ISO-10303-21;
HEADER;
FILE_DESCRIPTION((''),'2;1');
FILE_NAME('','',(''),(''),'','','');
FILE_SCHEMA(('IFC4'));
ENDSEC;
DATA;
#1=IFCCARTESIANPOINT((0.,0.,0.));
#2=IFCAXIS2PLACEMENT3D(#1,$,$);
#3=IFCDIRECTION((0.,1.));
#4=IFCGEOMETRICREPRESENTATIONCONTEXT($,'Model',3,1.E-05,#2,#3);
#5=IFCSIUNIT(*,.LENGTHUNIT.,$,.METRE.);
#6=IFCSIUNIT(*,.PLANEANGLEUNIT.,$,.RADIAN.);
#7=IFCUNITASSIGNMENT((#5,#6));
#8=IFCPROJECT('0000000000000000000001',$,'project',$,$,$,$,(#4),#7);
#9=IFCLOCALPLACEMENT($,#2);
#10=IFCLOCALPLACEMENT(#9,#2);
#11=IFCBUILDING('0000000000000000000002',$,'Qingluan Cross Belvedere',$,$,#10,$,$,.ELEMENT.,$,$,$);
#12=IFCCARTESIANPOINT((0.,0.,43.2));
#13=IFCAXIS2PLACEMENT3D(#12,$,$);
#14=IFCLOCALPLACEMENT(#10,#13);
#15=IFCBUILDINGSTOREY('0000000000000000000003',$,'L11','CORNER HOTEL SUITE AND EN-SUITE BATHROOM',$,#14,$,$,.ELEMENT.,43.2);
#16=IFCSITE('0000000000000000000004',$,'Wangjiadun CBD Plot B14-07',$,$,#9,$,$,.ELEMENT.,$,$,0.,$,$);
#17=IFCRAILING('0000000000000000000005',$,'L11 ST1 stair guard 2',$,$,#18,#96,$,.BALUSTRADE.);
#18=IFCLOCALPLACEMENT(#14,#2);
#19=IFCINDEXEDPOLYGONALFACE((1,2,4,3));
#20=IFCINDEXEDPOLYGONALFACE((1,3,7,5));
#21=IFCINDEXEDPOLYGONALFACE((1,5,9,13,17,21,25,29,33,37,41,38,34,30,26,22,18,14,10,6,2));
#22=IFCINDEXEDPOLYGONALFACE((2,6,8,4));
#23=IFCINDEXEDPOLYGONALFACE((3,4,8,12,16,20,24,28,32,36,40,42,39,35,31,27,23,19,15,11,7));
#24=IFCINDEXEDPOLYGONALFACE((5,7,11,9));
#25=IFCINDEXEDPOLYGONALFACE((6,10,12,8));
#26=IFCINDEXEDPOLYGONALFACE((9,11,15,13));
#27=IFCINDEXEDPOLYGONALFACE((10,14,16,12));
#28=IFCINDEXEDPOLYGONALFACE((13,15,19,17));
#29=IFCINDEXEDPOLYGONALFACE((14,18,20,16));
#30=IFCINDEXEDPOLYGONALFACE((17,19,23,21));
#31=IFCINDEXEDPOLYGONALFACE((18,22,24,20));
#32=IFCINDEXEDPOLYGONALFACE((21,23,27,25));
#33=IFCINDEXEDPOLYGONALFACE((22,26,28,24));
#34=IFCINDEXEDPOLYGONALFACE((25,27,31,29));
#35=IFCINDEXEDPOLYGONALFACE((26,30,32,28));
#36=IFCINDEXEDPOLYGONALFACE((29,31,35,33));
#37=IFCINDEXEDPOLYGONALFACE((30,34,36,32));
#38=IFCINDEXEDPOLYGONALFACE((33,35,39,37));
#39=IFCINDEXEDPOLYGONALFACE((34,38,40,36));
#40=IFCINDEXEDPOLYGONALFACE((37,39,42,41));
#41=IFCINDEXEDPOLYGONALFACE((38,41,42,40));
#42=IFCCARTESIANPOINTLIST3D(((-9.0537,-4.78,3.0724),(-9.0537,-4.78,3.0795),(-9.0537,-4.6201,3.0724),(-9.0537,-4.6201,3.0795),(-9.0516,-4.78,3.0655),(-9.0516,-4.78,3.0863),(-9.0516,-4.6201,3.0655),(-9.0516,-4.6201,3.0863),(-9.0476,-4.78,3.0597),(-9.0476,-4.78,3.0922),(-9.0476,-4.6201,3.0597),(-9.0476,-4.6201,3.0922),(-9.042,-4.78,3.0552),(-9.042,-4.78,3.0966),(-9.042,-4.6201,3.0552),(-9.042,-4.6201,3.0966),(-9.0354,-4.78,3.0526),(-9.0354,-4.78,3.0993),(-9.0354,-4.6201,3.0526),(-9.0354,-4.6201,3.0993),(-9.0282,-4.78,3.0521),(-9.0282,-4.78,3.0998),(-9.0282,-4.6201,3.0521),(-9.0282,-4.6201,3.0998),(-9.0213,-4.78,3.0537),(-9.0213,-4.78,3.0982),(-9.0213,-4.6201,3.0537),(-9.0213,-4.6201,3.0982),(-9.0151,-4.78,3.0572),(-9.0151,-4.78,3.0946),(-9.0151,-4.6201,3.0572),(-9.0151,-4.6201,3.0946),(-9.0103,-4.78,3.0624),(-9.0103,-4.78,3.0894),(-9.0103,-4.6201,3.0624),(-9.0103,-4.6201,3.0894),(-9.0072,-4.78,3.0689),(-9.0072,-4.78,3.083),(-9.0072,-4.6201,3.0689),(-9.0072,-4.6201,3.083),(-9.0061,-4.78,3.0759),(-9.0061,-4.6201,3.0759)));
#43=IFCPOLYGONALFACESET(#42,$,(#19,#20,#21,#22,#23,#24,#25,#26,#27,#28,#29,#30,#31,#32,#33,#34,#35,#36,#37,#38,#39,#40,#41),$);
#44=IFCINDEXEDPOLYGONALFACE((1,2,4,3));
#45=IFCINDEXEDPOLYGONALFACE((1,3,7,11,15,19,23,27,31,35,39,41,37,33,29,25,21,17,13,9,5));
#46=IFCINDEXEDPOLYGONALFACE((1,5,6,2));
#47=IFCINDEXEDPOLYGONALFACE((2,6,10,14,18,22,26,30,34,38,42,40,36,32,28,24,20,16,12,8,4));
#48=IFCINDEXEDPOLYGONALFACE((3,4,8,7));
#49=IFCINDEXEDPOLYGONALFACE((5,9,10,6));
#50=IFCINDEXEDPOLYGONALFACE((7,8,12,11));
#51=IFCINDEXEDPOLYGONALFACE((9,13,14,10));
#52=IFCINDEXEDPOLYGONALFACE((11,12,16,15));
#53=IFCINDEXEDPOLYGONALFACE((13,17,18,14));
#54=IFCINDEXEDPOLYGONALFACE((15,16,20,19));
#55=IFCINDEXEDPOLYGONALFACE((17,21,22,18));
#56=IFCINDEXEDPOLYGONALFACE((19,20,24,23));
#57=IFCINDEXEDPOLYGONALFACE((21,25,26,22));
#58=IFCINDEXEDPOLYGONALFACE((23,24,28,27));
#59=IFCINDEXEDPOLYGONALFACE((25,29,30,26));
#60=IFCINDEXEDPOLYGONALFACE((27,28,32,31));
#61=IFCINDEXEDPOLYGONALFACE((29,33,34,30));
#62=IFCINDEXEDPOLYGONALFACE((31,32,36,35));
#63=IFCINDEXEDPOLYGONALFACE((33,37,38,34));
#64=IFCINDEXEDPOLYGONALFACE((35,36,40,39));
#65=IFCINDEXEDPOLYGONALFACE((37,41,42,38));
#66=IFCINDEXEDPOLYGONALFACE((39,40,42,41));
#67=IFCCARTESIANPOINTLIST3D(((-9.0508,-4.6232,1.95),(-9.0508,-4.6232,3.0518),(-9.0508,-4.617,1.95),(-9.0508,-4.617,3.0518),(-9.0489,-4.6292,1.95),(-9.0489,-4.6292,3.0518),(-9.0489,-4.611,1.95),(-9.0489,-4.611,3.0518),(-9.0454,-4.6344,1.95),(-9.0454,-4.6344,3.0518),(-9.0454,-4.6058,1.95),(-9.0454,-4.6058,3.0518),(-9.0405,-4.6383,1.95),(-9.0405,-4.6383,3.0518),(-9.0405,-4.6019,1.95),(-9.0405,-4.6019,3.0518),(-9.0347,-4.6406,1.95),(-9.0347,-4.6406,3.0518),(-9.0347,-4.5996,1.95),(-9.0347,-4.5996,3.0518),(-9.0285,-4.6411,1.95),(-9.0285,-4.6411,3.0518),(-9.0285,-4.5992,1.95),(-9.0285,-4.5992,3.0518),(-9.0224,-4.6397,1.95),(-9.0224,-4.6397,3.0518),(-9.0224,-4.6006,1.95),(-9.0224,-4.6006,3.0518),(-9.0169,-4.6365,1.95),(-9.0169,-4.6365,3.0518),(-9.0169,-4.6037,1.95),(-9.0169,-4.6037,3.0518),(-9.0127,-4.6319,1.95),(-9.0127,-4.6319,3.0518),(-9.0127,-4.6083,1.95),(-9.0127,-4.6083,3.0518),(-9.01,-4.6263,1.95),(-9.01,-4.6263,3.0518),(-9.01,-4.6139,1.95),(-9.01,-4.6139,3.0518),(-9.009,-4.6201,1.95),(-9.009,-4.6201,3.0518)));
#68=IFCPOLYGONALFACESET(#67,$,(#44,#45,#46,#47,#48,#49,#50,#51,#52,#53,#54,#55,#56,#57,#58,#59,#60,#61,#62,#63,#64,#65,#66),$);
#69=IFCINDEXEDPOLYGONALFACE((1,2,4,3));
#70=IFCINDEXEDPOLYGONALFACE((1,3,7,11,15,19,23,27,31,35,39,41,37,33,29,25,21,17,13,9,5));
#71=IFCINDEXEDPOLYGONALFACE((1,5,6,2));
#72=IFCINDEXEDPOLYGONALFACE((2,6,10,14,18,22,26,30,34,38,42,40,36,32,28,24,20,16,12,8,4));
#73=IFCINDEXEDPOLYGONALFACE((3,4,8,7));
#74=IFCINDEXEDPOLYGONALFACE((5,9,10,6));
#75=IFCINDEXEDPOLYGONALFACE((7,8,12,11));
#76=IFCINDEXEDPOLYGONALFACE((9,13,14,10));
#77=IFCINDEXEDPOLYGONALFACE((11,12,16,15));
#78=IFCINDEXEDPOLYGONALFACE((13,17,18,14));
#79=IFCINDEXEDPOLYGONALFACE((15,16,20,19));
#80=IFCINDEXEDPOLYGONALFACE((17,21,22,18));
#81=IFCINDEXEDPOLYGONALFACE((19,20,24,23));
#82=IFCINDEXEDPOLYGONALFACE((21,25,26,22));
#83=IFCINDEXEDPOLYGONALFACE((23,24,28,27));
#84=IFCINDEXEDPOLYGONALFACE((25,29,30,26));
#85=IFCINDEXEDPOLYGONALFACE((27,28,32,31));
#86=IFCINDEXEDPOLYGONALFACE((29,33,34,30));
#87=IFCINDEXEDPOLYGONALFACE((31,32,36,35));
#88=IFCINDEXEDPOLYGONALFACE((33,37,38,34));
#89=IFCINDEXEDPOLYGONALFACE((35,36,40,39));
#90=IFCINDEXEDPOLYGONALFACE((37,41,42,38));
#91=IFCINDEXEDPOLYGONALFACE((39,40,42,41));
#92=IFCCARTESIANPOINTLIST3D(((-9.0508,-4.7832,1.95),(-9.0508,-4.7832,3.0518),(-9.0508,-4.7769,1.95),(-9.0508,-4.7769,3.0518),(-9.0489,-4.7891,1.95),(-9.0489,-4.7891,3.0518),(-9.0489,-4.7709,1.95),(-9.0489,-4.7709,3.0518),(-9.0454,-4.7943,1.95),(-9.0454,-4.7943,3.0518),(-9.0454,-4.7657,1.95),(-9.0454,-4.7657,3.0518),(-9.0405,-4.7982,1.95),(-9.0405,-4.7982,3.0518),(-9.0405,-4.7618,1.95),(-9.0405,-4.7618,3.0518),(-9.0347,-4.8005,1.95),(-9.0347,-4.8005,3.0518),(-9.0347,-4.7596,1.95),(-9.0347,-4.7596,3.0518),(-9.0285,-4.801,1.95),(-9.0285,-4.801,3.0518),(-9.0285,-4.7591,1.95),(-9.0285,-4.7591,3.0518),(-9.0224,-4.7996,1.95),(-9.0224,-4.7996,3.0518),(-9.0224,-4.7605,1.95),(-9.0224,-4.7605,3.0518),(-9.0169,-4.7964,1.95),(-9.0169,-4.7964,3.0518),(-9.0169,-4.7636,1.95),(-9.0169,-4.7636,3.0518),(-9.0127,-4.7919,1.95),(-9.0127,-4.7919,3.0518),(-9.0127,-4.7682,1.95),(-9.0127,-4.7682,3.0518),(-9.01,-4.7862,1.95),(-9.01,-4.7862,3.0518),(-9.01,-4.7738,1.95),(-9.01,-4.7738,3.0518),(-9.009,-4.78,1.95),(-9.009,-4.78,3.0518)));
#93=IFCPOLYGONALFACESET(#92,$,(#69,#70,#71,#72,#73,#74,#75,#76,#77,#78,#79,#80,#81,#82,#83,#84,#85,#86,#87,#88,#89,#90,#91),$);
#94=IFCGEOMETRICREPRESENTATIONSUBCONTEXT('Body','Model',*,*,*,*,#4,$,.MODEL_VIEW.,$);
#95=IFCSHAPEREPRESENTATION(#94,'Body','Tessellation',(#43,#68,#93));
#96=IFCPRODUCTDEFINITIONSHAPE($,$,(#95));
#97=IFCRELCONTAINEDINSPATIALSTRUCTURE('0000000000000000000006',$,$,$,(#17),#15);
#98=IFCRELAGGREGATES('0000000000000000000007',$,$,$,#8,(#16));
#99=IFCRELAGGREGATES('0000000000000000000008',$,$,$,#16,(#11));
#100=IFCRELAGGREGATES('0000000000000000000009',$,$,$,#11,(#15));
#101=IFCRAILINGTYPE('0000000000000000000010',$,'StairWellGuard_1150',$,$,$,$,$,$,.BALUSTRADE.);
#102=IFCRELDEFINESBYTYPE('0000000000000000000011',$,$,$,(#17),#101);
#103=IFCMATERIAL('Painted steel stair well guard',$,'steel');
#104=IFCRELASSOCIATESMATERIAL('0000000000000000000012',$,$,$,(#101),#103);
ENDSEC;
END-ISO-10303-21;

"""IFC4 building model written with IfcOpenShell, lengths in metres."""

from ifc_helpers import new_model, si_unit, direction, frame, origin, origin_2d, place, context, subcontext, project, spatial, circle, extrude, material, type_object, element, save


model = new_model("IFC4")

# Units and contexts
model_context = context("Model", 3, precision=1e-05, world=origin(), true_north=direction((0.0, 1.0)))
body_context = subcontext(model_context, "Body", "Model", "MODEL_VIEW")
ifc_project = project(units=[si_unit("LENGTHUNIT", "METRE"), si_unit("PLANEANGLEUNIT", "RADIAN")], contexts=[model_context])

# Site, building, storey
site_placement = place(None, origin())
site = spatial("IfcSite", under=ifc_project, at=site_placement, Name="Wangjiadun CBD Plot B14-07", CompositionType="ELEMENT", RefElevation=0.0)
building_placement = place(site_placement, origin())
building = spatial("IfcBuilding", under=site, at=building_placement, Name="Qingluan Cross Belvedere", CompositionType="ELEMENT")
storey_placement = place(building_placement, frame((0.0, 0.0, 43.2)))
storey = spatial("IfcBuildingStorey", under=building, at=storey_placement, Name="L11", Description="CORNER HOTEL SUITE AND EN-SUITE BATHROOM", CompositionType="ELEMENT", Elevation=43.2)

# Railing
ifc_material_1 = material(Name="Painted steel stair well guard", Category="steel")
railing_type_1 = type_object("IfcRailingType", Name="StairWellGuard_1150", PredefinedType="BALUSTRADE", material=ifc_material_1)
railing_1_placement = place(storey_placement, frame((-9.03, -4.6201, 1.95)))
element("IfcRailing", 1, at=railing_1_placement, inside=storey, type_object=railing_type_1, Name="L11 ST1 stair guard 2", PredefinedType="BALUSTRADE", context=body_context, shape_type="SweptSolid", body=[
    extrude(circle(Radius=0.0239, at=origin_2d()), frame((0.0, 0.0, 1.126), z_axis=(0.0, -1.0, 0.0), x_axis=(1.0, 0.0, 0.0)), (0.0, 0.0, 1.0), 0.1599),
    extrude(circle(Radius=0.021, at=origin_2d()), origin(), (0.0, 0.0, 1.0), 1.1018),
    extrude(circle(Radius=0.021, at=origin_2d()), frame((0.0, -0.1599, 0.0)), (0.0, 0.0, 1.0), 1.1018),
])

save(model, "model.ifc")
